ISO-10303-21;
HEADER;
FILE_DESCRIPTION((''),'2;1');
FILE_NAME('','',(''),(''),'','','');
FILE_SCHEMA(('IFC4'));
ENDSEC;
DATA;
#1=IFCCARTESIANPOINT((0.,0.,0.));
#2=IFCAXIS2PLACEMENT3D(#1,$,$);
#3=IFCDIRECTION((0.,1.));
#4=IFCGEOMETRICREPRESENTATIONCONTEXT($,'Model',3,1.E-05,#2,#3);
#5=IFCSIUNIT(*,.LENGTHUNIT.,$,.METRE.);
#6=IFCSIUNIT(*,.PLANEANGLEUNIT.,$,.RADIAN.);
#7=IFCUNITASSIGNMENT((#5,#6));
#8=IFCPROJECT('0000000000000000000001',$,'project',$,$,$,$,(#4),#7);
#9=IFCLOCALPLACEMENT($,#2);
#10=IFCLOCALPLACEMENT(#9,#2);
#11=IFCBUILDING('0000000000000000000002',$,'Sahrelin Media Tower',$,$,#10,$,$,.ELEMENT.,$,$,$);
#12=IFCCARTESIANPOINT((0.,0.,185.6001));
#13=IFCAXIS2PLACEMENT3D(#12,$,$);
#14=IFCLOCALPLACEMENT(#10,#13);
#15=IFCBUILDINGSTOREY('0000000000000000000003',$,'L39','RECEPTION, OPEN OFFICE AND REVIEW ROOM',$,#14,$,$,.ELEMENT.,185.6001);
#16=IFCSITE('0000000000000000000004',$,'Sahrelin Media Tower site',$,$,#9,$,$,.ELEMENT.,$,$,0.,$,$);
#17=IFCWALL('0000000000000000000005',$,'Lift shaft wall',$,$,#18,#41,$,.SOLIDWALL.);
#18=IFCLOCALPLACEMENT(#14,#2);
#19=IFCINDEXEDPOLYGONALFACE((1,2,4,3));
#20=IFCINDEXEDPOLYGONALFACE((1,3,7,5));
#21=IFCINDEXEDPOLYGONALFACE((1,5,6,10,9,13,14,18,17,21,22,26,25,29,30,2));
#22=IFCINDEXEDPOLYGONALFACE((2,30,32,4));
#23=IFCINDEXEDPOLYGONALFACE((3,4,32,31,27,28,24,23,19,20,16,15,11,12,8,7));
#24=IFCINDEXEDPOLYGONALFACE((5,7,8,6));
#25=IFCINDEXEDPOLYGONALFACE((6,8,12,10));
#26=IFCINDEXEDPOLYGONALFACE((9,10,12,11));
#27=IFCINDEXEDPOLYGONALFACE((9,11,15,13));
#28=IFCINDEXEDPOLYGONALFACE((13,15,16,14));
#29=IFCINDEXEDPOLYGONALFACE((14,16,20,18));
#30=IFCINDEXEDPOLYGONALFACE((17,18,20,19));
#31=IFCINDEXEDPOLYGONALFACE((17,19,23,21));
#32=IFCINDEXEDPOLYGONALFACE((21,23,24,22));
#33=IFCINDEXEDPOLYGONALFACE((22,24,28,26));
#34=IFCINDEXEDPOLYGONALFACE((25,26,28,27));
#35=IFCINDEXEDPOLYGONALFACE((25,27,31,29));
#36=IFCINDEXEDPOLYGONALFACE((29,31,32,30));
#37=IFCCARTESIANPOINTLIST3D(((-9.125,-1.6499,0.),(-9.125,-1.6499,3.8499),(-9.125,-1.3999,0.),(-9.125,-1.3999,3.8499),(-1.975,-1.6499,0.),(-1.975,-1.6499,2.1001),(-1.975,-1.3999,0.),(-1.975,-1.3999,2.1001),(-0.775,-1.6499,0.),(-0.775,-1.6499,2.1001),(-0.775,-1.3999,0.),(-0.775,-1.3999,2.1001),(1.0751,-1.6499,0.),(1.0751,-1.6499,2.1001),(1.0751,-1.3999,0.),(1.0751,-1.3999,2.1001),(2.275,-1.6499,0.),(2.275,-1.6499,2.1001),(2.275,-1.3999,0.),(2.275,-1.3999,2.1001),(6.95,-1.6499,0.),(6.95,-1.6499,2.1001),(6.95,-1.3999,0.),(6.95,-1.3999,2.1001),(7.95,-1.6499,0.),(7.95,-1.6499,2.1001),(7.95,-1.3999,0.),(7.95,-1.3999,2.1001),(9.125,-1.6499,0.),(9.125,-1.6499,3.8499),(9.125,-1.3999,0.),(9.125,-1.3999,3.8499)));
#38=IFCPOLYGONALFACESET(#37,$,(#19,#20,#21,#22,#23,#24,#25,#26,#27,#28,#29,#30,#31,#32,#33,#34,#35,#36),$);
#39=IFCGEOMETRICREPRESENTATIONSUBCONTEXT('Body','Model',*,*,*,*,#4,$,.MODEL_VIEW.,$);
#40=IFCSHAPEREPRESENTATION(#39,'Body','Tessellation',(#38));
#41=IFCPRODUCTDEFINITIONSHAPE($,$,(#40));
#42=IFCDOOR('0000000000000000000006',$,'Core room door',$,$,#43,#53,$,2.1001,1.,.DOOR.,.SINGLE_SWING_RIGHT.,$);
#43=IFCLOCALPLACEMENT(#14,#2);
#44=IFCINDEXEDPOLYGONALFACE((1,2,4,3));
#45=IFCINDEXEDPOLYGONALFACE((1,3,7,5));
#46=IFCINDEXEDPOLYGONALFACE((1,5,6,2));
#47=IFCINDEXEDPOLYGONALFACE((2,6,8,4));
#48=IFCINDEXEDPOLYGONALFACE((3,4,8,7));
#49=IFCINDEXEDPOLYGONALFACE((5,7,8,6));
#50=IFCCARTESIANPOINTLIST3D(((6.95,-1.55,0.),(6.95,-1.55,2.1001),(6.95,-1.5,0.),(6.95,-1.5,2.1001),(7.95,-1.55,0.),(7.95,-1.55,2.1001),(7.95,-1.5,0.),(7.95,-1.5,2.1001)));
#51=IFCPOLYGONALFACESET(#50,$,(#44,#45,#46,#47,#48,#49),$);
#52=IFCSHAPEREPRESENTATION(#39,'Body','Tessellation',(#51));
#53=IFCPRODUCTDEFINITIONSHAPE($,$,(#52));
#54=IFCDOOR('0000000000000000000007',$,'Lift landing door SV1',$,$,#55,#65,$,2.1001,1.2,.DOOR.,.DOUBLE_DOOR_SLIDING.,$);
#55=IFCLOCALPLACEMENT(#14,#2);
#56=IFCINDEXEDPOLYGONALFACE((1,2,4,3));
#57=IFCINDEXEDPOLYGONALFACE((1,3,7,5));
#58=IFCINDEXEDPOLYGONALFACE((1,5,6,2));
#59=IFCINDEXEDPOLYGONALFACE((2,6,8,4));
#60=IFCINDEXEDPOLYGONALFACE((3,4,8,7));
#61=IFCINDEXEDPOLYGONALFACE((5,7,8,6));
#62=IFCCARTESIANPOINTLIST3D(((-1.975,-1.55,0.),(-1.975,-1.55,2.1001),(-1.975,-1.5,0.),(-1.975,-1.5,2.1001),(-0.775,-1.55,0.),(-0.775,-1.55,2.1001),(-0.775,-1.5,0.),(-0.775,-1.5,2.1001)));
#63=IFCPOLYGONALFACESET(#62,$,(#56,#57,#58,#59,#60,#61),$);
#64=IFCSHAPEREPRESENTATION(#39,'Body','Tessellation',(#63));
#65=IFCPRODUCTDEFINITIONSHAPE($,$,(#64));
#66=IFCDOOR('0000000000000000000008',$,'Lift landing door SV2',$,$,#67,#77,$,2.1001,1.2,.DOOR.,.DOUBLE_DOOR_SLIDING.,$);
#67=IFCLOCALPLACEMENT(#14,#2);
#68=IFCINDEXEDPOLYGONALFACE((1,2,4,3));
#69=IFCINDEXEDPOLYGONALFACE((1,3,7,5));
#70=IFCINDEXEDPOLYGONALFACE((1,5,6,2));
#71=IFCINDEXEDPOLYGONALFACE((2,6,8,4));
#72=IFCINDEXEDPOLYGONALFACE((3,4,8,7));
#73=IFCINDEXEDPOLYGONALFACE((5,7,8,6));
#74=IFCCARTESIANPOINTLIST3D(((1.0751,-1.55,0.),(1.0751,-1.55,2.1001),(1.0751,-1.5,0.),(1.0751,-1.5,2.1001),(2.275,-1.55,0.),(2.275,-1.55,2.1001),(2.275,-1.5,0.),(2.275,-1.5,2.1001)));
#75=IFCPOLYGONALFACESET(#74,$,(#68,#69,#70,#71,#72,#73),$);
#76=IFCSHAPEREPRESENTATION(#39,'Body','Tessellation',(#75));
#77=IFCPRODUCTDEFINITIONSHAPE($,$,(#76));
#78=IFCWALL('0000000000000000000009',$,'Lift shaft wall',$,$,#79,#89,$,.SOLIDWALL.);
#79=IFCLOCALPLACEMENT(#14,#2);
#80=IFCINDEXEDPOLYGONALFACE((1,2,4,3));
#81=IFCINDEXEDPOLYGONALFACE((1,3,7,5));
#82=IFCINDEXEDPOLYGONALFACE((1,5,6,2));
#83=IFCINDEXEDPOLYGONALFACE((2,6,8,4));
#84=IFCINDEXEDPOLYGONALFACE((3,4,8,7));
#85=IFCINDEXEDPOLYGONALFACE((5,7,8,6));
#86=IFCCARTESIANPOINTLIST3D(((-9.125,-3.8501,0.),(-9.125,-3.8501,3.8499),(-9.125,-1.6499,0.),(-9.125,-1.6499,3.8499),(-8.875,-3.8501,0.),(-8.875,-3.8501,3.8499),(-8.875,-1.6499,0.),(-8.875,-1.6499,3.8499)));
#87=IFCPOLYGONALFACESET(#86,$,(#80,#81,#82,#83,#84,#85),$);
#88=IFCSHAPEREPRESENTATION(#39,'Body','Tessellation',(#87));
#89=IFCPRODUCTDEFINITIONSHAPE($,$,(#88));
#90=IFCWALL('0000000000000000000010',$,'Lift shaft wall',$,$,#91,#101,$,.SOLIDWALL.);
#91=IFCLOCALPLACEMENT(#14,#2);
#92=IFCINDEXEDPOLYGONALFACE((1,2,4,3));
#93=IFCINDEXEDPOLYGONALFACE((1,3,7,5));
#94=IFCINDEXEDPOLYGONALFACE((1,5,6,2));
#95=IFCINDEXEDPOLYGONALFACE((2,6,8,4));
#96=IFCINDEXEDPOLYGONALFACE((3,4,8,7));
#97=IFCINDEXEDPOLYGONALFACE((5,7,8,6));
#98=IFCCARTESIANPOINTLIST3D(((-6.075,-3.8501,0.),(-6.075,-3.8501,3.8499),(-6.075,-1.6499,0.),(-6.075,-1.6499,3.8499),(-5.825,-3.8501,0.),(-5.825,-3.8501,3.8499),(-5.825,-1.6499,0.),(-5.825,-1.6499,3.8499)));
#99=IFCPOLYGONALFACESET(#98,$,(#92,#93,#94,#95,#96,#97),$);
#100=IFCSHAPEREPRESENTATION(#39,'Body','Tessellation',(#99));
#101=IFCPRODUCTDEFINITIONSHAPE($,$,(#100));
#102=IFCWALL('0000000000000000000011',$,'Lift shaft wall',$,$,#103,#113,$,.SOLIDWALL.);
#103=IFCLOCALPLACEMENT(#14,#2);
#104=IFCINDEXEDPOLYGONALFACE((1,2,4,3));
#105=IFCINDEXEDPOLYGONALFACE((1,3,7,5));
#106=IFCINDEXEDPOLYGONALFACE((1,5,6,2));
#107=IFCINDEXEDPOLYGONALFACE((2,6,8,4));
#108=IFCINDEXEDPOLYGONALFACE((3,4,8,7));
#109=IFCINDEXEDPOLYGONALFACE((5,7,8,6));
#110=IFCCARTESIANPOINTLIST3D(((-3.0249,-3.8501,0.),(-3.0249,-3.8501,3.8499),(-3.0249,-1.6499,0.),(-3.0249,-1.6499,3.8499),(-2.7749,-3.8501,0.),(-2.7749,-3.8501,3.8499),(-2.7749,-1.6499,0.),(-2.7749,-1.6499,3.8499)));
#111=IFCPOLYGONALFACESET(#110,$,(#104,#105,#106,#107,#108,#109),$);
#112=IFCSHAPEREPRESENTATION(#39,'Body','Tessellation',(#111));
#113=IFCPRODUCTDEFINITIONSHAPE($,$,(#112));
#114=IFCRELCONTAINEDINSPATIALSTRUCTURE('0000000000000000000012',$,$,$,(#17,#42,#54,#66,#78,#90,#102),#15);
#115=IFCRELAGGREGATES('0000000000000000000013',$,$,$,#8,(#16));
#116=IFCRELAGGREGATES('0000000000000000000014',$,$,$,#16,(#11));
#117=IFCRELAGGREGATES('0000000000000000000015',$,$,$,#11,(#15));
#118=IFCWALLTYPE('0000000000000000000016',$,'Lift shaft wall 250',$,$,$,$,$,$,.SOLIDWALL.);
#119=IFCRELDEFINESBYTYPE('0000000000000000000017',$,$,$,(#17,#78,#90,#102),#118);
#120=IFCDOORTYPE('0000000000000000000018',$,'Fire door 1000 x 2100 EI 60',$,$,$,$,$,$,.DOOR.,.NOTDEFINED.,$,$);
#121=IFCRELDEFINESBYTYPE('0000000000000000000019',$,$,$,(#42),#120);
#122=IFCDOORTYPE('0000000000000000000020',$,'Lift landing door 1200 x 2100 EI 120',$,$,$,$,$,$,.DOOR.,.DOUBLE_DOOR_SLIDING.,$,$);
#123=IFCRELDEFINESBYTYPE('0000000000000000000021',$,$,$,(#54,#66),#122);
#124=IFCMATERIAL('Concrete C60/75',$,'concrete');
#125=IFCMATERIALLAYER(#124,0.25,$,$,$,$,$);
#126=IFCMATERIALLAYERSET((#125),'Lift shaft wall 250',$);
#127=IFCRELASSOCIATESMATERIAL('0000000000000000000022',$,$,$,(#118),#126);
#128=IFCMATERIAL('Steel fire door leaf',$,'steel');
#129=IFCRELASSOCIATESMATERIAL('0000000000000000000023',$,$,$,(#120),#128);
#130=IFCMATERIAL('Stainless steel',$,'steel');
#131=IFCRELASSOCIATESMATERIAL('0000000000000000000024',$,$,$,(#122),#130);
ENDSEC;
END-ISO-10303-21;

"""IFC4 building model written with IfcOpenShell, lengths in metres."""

from ifc_helpers import new_model, si_unit, direction, frame, frame_2d, origin, place, context, subcontext, project, spatial, rectangle, extrude, material, layer, layer_set, type_object, element, fill, save


model = new_model("IFC4")

# Units and contexts
model_context = context("Model", 3, precision=1e-05, world=origin(), true_north=direction((0.0, 1.0)))
body_context = subcontext(model_context, "Body", "Model", "MODEL_VIEW")
ifc_project = project(units=[si_unit("LENGTHUNIT", "METRE"), si_unit("PLANEANGLEUNIT", "RADIAN")], contexts=[model_context])

# Site, building, storey
site_placement = place(None, origin())
site = spatial("IfcSite", under=ifc_project, at=site_placement, Name="Sahrelin Media Tower site", CompositionType="ELEMENT", RefElevation=0.0)
building_placement = place(site_placement, origin())
building = spatial("IfcBuilding", under=site, at=building_placement, Name="Sahrelin Media Tower", CompositionType="ELEMENT")
storey_placement = place(building_placement, frame((0.0, 0.0, 185.6001)))
storey = spatial("IfcBuildingStorey", under=building, at=storey_placement, Name="L39", Description="RECEPTION, OPEN OFFICE AND REVIEW ROOM", CompositionType="ELEMENT", Elevation=185.6001)

# Shared definitions
ifc_material_1 = material(Name="Steel fire door leaf", Category="steel")

# Wall, openings, doors
ifc_material_2 = material(Name="Concrete C60/75", Category="concrete")
ifc_layer_1 = layer(ifc_material_2, 0.25)
ifc_layer_set_1 = layer_set([ifc_layer_1], Name="Lift shaft wall 250")
wall_type_1 = type_object("IfcWallType", Name="Lift shaft wall 250", PredefinedType="SOLIDWALL", material=ifc_layer_set_1)
wall_1_placement = place(storey_placement, frame((-9.125, -1.5249, 0.0), z_axis=(0.0, 0.0, 1.0), x_axis=(1.0, 0.0, 0.0)))
wall_1 = element("IfcWall", 1, at=wall_1_placement, inside=storey, type_object=wall_type_1, Name="Lift shaft wall", PredefinedType="SOLIDWALL", context=body_context, shape_type="SweptSolid", body=[
    extrude(rectangle(XDim=18.25, YDim=0.25, at=frame_2d((9.125, 0.0))), origin(), (0.0, 0.0, 1.0), 3.8499),
])
opening_1_placement = place(wall_1_placement, frame((7.1499, 0.0, 0.0)))
opening_1 = element("IfcOpeningElement", 2, at=opening_1_placement, cuts=wall_1, PredefinedType="OPENING", context=body_context, shape_type="SweptSolid", body=[
    extrude(rectangle(XDim=1.2, YDim=2.1001, at=frame_2d((0.6001, 1.05))), frame((0.0, 0.125, 0.0), z_axis=(0.0, -1.0, 0.0), x_axis=(1.0, 0.0, 0.0)), (0.0, 0.0, 1.0), 0.25),
])
opening_2_placement = place(wall_1_placement, frame((10.2, 0.0, 0.0)))
opening_2 = element("IfcOpeningElement", 3, at=opening_2_placement, cuts=wall_1, PredefinedType="OPENING", context=body_context, shape_type="SweptSolid", body=[
    extrude(rectangle(XDim=1.2, YDim=2.1001, at=frame_2d((0.6001, 1.05))), frame((0.0, 0.125, 0.0), z_axis=(0.0, -1.0, 0.0), x_axis=(1.0, 0.0, 0.0)), (0.0, 0.0, 1.0), 0.25),
])
opening_3_placement = place(wall_1_placement, frame((16.075, 0.0, 0.0)))
opening_3 = element("IfcOpeningElement", 4, at=opening_3_placement, cuts=wall_1, PredefinedType="OPENING", context=body_context, shape_type="SweptSolid", body=[
    extrude(rectangle(XDim=1.0, YDim=2.1001, at=frame_2d((0.5, 1.05))), frame((0.0, 0.125, 0.0), z_axis=(0.0, -1.0, 0.0), x_axis=(1.0, 0.0, 0.0)), (0.0, 0.0, 1.0), 0.25),
])
door_type_1 = type_object("IfcDoorType", Name="Fire door 1000 x 2100 EI 60", OperationType="NOTDEFINED", PredefinedType="DOOR", material=ifc_material_1)
door_1_placement = place(opening_3_placement, origin())
door_1 = element("IfcDoor", 5, at=door_1_placement, inside=storey, type_object=door_type_1, Name="Core room door", OperationType="SINGLE_SWING_RIGHT", OverallHeight=2.1001, OverallWidth=1.0, PredefinedType="DOOR", context=body_context, shape_type="SweptSolid", body=[
    extrude(rectangle(XDim=1.0, YDim=2.1001, at=frame_2d((0.5, 1.05))), frame((0.0, 0.0249, 0.0), z_axis=(0.0, -1.0, 0.0), x_axis=(1.0, 0.0, 0.0)), (0.0, 0.0, 1.0), 0.05),
])
fill(opening_3, door_1)
ifc_material_3 = material(Name="Stainless steel", Category="steel")
door_type_2 = type_object("IfcDoorType", Name="Lift landing door 1200 x 2100 EI 120", OperationType="DOUBLE_DOOR_SLIDING", PredefinedType="DOOR", material=ifc_material_3)
door_2_placement = place(opening_1_placement, origin())
door_2 = element("IfcDoor", 6, at=door_2_placement, inside=storey, type_object=door_type_2, Name="Lift landing door SV1", OperationType="DOUBLE_DOOR_SLIDING", OverallHeight=2.1001, OverallWidth=1.2, PredefinedType="DOOR", context=body_context, shape_type="SweptSolid", body=[
    extrude(rectangle(XDim=1.2, YDim=2.1001, at=frame_2d((0.6001, 1.05))), frame((0.0, 0.0249, 0.0), z_axis=(0.0, -1.0, 0.0), x_axis=(1.0, 0.0, 0.0)), (0.0, 0.0, 1.0), 0.05),
])
fill(opening_1, door_2)
door_3_placement = place(opening_2_placement, origin())
door_3 = element("IfcDoor", 7, at=door_3_placement, inside=storey, type_object=door_type_2, Name="Lift landing door SV2", OperationType="DOUBLE_DOOR_SLIDING", OverallHeight=2.1001, OverallWidth=1.2, PredefinedType="DOOR", context=body_context, shape_type="SweptSolid", body=[
    extrude(rectangle(XDim=1.2, YDim=2.1001, at=frame_2d((0.6001, 1.05))), frame((0.0, 0.0249, 0.0), z_axis=(0.0, -1.0, 0.0), x_axis=(1.0, 0.0, 0.0)), (0.0, 0.0, 1.0), 0.05),
])
fill(opening_2, door_3)

# Walls
for number, where, z_axis, x_axis, name in (
    (8, (-9.0, -3.8501, 0.0), (0.0, 0.0, 1.0), (0.0, 1.0, 0.0), "Lift shaft wall"),
    (9, (-5.95, -3.8501, 0.0), (0.0, 0.0, 1.0), (0.0, 1.0, 0.0), "Lift shaft wall"),
    (10, (-2.8999, -3.8501, 0.0), (0.0, 0.0, 1.0), (0.0, 1.0, 0.0), "Lift shaft wall"),
):
    element("IfcWall", number, at=place(storey_placement, frame(where, z_axis=z_axis, x_axis=x_axis)), inside=storey, type_object=wall_type_1, Name=name, PredefinedType="SOLIDWALL", context=body_context, shape_type="SweptSolid", body=[
        extrude(rectangle(XDim=2.2002, YDim=0.25, at=frame_2d((1.1001, 0.0))), origin(), (0.0, 0.0, 1.0), 3.8499),
    ])

save(model, "model.ifc")
